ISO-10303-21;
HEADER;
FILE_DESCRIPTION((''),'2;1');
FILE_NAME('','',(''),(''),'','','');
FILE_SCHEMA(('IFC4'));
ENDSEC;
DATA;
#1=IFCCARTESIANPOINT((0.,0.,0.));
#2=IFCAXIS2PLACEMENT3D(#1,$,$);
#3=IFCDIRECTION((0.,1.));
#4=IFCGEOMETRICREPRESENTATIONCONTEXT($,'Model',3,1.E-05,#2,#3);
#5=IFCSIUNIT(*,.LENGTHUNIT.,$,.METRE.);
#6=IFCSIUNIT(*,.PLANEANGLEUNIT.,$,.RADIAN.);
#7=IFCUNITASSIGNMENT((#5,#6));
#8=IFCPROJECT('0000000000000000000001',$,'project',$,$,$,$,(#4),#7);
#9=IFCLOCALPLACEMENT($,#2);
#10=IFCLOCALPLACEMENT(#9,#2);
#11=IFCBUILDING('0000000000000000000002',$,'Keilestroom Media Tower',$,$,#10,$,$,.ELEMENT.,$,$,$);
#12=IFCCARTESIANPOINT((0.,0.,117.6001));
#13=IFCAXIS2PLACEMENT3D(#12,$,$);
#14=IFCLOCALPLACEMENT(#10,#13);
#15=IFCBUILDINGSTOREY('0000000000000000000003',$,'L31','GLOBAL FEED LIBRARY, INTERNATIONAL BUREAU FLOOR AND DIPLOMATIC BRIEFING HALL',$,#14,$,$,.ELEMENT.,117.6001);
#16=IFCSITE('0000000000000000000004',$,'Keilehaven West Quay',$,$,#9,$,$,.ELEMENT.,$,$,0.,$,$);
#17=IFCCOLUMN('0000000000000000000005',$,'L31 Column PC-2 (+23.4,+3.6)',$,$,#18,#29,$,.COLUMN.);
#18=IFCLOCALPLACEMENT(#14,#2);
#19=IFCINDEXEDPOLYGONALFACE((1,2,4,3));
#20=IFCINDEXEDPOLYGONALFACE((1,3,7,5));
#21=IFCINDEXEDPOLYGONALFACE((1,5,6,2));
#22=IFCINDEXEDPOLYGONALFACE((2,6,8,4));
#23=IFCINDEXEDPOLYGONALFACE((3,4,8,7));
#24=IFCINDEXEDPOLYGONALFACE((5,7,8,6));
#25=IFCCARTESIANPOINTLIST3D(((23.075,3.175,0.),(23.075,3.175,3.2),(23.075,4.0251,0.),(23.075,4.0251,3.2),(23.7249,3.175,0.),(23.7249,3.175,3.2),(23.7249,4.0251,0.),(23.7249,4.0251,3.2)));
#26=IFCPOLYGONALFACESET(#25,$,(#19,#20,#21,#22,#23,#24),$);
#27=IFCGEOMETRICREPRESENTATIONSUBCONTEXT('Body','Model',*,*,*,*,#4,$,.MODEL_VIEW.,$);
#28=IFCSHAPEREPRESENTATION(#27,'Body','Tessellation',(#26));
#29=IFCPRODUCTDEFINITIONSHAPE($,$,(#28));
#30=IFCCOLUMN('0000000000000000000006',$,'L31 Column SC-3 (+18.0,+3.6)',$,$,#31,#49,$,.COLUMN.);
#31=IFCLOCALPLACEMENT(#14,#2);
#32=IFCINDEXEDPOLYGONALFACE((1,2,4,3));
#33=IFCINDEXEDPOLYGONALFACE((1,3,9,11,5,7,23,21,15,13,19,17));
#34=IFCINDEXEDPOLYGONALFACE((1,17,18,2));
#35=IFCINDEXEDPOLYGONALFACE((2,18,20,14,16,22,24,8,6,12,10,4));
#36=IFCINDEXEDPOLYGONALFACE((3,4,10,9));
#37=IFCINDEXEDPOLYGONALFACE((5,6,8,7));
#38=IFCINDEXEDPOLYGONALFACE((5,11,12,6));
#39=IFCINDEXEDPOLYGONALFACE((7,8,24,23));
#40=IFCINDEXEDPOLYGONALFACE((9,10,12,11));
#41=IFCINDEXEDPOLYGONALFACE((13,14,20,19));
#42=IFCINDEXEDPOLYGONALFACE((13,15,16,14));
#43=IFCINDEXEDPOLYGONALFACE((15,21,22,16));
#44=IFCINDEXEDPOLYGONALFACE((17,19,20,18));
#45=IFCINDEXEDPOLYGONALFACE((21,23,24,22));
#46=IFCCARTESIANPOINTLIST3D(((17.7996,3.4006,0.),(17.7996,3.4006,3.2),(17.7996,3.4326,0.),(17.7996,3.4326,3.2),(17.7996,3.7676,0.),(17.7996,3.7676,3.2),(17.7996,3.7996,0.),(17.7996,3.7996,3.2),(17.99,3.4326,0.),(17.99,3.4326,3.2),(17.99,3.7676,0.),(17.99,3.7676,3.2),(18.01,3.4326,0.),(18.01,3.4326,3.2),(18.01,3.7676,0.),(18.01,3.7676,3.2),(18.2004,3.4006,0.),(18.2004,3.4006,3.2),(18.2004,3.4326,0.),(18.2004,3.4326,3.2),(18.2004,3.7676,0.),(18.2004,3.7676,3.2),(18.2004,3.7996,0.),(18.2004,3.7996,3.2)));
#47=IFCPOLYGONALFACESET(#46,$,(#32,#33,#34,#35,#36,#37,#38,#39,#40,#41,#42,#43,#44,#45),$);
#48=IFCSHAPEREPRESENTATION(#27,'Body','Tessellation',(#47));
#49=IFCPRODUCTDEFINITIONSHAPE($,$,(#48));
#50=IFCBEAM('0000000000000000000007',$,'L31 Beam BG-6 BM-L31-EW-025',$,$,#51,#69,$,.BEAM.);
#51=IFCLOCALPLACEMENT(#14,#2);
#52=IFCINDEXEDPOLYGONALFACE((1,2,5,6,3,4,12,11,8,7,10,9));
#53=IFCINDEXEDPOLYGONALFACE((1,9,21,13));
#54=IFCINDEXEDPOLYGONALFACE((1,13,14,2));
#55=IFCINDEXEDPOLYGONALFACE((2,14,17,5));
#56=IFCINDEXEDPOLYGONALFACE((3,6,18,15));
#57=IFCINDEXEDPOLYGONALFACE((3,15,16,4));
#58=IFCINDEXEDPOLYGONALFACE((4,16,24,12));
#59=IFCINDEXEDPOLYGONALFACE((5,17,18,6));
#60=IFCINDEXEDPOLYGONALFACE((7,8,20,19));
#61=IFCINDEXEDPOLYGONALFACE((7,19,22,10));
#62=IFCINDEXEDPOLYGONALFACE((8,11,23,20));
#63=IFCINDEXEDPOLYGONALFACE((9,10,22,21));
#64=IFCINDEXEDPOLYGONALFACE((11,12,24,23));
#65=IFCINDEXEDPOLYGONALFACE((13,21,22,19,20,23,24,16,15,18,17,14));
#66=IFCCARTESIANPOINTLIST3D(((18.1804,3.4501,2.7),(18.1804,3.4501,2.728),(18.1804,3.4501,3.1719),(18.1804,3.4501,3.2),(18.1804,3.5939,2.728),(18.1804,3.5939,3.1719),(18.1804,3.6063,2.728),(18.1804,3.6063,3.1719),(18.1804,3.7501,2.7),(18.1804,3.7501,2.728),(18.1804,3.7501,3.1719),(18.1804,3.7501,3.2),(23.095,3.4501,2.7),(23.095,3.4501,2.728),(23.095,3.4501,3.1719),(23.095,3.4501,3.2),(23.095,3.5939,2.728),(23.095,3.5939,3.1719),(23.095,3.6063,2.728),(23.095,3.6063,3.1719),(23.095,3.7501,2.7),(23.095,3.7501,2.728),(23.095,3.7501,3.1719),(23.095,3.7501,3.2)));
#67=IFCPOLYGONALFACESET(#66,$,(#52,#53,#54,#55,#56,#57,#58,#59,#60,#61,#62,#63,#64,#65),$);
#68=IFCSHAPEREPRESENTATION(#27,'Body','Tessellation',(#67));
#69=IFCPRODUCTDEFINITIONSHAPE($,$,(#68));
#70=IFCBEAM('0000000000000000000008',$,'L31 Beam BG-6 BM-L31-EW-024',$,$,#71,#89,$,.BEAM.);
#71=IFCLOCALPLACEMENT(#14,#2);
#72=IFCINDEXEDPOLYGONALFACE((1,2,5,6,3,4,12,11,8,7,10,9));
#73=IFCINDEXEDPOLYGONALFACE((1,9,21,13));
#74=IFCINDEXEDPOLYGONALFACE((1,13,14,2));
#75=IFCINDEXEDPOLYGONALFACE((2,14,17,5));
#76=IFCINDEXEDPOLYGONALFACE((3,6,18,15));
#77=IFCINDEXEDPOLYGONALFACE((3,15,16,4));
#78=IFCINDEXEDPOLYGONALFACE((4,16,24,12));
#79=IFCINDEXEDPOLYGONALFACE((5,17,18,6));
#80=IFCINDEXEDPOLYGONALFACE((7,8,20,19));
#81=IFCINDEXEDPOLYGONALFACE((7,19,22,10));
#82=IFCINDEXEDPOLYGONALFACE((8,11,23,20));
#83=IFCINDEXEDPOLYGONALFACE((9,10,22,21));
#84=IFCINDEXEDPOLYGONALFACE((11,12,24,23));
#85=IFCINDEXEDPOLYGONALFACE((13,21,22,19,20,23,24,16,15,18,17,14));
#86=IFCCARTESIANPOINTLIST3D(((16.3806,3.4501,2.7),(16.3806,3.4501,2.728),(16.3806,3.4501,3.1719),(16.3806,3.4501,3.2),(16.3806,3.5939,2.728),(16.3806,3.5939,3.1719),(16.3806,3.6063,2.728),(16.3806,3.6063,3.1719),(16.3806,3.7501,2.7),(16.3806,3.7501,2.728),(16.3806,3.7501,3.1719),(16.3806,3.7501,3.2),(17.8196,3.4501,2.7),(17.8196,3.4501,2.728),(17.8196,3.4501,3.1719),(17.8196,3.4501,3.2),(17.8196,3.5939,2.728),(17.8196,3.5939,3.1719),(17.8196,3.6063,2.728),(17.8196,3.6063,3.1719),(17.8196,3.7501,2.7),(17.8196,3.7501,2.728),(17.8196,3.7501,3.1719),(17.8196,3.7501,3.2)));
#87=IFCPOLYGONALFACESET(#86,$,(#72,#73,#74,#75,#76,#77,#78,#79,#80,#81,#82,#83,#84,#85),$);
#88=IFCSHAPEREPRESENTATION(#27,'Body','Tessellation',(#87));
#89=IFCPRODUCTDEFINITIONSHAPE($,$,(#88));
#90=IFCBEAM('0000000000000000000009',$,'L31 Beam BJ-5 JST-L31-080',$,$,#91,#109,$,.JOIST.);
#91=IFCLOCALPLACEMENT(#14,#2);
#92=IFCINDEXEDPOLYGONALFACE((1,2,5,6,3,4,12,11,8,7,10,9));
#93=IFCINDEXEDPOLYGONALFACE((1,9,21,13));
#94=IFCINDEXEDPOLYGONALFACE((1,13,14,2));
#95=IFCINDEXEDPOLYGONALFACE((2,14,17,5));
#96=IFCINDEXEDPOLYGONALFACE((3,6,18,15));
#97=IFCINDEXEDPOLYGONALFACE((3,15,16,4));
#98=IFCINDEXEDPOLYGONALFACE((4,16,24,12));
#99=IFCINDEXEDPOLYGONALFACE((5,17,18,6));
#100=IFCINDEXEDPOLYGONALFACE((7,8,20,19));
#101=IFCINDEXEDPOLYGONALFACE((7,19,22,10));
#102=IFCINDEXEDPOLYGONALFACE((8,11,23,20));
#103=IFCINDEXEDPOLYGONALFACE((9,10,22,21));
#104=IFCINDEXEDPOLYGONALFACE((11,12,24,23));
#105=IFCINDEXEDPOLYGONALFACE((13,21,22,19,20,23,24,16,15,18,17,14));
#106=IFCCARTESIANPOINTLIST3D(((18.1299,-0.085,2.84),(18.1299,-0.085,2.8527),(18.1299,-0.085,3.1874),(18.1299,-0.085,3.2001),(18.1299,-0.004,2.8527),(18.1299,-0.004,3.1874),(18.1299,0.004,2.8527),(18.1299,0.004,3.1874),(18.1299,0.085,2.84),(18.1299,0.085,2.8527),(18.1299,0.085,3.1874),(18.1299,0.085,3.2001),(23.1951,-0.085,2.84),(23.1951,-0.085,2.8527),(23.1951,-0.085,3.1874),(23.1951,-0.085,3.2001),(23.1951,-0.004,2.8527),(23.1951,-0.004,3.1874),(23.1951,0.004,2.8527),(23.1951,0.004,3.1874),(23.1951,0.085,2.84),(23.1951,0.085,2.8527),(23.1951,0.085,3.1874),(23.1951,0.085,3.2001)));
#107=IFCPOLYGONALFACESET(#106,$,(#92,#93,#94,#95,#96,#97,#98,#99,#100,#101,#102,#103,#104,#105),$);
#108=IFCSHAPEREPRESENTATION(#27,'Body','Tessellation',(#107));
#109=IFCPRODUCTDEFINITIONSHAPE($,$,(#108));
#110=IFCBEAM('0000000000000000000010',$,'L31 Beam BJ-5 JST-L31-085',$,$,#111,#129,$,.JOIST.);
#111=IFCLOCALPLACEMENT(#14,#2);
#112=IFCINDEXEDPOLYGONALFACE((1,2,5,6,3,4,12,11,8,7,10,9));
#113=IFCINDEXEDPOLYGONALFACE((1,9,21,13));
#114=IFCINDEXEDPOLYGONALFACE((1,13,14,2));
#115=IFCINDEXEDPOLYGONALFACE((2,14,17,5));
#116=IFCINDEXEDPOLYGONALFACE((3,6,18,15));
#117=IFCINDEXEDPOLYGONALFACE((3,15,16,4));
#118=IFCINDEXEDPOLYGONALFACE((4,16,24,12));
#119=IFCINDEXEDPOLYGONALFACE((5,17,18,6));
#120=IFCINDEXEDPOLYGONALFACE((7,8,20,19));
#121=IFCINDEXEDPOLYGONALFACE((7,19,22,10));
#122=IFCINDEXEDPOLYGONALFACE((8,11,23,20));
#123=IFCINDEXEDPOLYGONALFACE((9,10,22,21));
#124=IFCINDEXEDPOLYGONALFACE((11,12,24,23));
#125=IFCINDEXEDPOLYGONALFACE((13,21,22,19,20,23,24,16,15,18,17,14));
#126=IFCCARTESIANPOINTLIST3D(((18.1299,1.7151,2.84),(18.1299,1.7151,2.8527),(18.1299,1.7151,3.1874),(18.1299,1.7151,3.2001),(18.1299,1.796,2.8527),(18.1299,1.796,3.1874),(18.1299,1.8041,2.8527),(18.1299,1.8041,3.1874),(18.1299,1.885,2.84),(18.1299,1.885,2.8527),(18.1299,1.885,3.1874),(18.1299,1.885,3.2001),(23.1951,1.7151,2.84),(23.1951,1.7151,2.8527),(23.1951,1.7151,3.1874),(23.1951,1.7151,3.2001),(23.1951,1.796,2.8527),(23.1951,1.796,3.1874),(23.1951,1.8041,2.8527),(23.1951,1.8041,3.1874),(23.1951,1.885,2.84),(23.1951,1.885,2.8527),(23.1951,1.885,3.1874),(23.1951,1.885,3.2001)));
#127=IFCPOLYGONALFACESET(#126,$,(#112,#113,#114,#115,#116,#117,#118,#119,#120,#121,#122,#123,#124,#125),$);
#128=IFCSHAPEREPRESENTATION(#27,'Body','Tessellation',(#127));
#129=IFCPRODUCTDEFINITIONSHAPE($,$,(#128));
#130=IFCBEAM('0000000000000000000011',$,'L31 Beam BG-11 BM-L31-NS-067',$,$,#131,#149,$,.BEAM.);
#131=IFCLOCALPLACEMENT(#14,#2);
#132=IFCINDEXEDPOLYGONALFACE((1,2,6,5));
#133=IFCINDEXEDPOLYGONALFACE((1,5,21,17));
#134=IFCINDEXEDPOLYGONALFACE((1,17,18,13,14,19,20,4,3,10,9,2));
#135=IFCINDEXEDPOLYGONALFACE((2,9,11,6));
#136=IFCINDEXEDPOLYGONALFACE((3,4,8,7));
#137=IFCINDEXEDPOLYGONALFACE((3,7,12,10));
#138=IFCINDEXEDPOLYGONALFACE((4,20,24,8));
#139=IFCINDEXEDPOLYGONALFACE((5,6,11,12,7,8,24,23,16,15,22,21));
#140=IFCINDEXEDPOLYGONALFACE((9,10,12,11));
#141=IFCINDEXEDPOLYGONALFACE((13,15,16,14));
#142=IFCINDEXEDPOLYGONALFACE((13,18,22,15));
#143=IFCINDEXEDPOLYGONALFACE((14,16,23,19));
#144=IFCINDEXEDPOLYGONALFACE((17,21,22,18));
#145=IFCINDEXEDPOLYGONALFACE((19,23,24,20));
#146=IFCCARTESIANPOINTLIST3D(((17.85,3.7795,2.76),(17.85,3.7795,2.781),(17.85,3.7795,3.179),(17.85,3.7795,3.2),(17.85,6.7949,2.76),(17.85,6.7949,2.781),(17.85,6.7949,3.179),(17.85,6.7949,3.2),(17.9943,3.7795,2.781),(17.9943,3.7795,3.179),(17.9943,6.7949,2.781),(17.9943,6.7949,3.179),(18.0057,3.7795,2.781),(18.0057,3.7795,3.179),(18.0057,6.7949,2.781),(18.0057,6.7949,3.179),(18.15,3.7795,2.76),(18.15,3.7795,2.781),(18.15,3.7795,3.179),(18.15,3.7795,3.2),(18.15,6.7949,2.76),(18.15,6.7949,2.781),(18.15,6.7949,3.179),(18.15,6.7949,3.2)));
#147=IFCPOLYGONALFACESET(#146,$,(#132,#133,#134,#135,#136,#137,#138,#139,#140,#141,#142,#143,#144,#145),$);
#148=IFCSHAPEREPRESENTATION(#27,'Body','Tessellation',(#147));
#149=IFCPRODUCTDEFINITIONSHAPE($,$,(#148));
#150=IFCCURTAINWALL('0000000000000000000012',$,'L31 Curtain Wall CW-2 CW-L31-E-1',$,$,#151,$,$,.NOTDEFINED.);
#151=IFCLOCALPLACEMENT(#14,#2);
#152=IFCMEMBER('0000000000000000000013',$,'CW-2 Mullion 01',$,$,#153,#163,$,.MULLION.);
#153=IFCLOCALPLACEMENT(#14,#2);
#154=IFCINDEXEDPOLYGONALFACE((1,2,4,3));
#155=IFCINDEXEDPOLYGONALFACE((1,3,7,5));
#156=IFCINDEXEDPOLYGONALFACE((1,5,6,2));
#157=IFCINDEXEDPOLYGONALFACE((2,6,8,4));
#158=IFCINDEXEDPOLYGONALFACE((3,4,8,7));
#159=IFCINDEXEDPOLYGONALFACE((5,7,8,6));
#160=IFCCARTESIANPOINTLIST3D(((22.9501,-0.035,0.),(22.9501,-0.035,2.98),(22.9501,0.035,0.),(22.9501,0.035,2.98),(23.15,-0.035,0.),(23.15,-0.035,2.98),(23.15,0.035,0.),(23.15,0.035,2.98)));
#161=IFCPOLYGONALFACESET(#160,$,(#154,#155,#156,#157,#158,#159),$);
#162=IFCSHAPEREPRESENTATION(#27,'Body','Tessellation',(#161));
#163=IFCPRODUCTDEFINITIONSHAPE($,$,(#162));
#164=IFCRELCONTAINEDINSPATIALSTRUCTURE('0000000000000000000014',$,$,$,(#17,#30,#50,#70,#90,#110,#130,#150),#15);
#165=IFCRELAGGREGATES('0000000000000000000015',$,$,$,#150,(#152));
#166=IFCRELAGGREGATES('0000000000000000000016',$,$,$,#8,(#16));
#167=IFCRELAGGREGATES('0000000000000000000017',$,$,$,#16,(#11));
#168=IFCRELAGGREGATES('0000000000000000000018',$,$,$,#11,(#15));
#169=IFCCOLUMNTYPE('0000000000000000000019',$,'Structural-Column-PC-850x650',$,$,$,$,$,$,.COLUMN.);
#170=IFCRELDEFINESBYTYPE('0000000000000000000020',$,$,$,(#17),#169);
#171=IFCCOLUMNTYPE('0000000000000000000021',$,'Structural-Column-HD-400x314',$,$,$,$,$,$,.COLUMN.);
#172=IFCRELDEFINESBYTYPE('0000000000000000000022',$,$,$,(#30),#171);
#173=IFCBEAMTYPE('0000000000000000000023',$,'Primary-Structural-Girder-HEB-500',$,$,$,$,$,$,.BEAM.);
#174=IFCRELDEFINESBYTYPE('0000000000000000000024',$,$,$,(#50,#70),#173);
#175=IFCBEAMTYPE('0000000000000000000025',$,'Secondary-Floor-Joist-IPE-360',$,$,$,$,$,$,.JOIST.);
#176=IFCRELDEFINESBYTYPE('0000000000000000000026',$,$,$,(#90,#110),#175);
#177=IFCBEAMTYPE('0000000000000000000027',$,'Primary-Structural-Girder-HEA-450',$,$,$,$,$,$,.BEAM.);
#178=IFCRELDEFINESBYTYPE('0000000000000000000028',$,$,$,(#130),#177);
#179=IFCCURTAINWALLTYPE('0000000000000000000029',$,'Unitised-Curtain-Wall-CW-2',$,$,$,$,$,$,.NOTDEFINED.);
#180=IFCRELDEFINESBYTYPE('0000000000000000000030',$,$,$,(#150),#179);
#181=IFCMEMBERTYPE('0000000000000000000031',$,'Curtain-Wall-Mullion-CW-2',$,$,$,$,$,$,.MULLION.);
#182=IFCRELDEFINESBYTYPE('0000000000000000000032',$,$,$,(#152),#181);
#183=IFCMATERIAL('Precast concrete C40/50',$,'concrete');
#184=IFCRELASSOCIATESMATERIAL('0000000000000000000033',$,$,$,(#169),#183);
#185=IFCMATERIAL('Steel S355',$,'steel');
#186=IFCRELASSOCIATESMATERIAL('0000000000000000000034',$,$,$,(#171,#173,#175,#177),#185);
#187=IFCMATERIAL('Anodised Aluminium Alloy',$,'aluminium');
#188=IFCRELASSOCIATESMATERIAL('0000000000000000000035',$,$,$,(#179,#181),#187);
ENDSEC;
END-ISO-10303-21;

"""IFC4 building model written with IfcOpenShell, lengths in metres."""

from ifc_helpers import new_model, si_unit, direction, frame, origin, origin_2d, place, context, subcontext, project, spatial, rectangle, i_section, extrude, source, transform, mapped, material, material_profile, profile_set, type_object, element, aggregate, save


model = new_model("IFC4")

# Units and contexts
model_context = context("Model", 3, precision=1e-05, world=origin(), true_north=direction((0.0, 1.0)))
body_context = subcontext(model_context, "Body", "Model", "MODEL_VIEW")
ifc_project = project(units=[si_unit("LENGTHUNIT", "METRE"), si_unit("PLANEANGLEUNIT", "RADIAN")], contexts=[model_context])

# Site, building, storey
site_placement = place(None, origin())
site = spatial("IfcSite", under=ifc_project, at=site_placement, Name="Keilehaven West Quay", CompositionType="ELEMENT", RefElevation=0.0)
building_placement = place(site_placement, origin())
building = spatial("IfcBuilding", under=site, at=building_placement, Name="Keilestroom Media Tower", CompositionType="ELEMENT")
storey_placement = place(building_placement, frame((0.0, 0.0, 117.6001)))
storey = spatial("IfcBuildingStorey", under=building, at=storey_placement, Name="L31", Description="GLOBAL FEED LIBRARY, INTERNATIONAL BUREAU FLOOR AND DIPLOMATIC BRIEFING HALL", CompositionType="ELEMENT", Elevation=117.6001)

# Columns
ifc_material_1 = material(Name="Precast concrete C40/50", Category="concrete")
ifc_material_profile_1 = material_profile(ifc_material_1, rectangle(XDim=0.6499, YDim=0.8501, at=origin_2d()), Name="PC 850x650")
ifc_profile_set_1 = profile_set([ifc_material_profile_1], Name="Precast concrete C40/50")
column_type_1 = type_object("IfcColumnType", Name="Structural-Column-PC-850x650", PredefinedType="COLUMN", material=ifc_profile_set_1)
shared_shape_1 = source(origin(), body_context, "Body", "SweptSolid", [
    extrude(rectangle(XDim=0.6499, YDim=0.8501, at=origin_2d()), origin(), (0.0, 0.0, 1.0), 3.2),
])
column_1_placement = place(storey_placement, frame((23.3999, 3.6001, 0.0), z_axis=(0.0, 0.0, 1.0), x_axis=(1.0, 0.0, 0.0)))
element("IfcColumn", 1, at=column_1_placement, inside=storey, type_object=column_type_1, Name="L31 Column PC-2 (+23.4,+3.6)", PredefinedType="COLUMN", context=body_context, shape_type="MappedRepresentation", body=[
    mapped(shared_shape_1, transform((0.0, 0.0, 0.0), x_axis=(1.0, 0.0, 0.0), y_axis=(0.0, 1.0, 0.0), z_axis=(0.0, 0.0, 1.0), scale=1.0)),
])
ifc_material_2 = material(Name="Steel S355", Category="steel")
ifc_material_profile_2 = material_profile(ifc_material_2, i_section(OverallWidth=0.4009, OverallDepth=0.3989, WebThickness=0.02, FlangeThickness=0.032, at=origin_2d()), Name="HD 400x314")
ifc_profile_set_2 = profile_set([ifc_material_profile_2], Name="Steel S355")
column_type_2 = type_object("IfcColumnType", Name="Structural-Column-HD-400x314", PredefinedType="COLUMN", material=ifc_profile_set_2)
shared_shape_2 = source(origin(), body_context, "Body", "SweptSolid", [
    extrude(i_section(OverallWidth=0.4009, OverallDepth=0.3989, WebThickness=0.02, FlangeThickness=0.032, at=origin_2d()), origin(), (0.0, 0.0, 1.0), 3.2),
])
column_2_placement = place(storey_placement, frame((18.0, 3.6001, 0.0), z_axis=(0.0, 0.0, 1.0), x_axis=(1.0, 0.0, 0.0)))
element("IfcColumn", 2, at=column_2_placement, inside=storey, type_object=column_type_2, Name="L31 Column SC-3 (+18.0,+3.6)", PredefinedType="COLUMN", context=body_context, shape_type="MappedRepresentation", body=[
    mapped(shared_shape_2, transform((0.0, 0.0, 0.0), x_axis=(1.0, 0.0, 0.0), y_axis=(0.0, 1.0, 0.0), z_axis=(0.0, 0.0, 1.0), scale=1.0)),
])

# Beams
ifc_material_profile_3 = material_profile(ifc_material_2, i_section(OverallWidth=0.3, OverallDepth=0.5, WebThickness=0.0125, FlangeThickness=0.0281, at=origin_2d()), Name="HEB 500")
ifc_profile_set_3 = profile_set([ifc_material_profile_3], Name="Steel S355")
beam_type_1 = type_object("IfcBeamType", Name="Primary-Structural-Girder-HEB-500", PredefinedType="BEAM", material=ifc_profile_set_3)
shared_shape_3 = source(origin(), body_context, "Body", "SweptSolid", [
    extrude(i_section(OverallWidth=0.3, OverallDepth=0.5, WebThickness=0.0125, FlangeThickness=0.0281, at=origin_2d()), origin(), (0.0, 0.0, 1.0), 4.9146),
])
beam_1_placement = place(storey_placement, frame((18.1804, 3.6001, 2.95), z_axis=(1.0, 0.0, 0.0), x_axis=(0.0, 1.0, 0.0)))
element("IfcBeam", 3, at=beam_1_placement, inside=storey, type_object=beam_type_1, Name="L31 Beam BG-6 BM-L31-EW-025", PredefinedType="BEAM", context=body_context, shape_type="MappedRepresentation", body=[
    mapped(shared_shape_3, transform((0.0, 0.0, 0.0), x_axis=(1.0, 0.0, 0.0), y_axis=(0.0, 1.0, 0.0), z_axis=(0.0, 0.0, 1.0), scale=1.0)),
])
shared_shape_4 = source(origin(), body_context, "Body", "SweptSolid", [
    extrude(i_section(OverallWidth=0.3, OverallDepth=0.5, WebThickness=0.0125, FlangeThickness=0.0281, at=origin_2d()), origin(), (0.0, 0.0, 1.0), 1.439),
])
beam_2_placement = place(storey_placement, frame((16.3806, 3.6001, 2.95), z_axis=(1.0, 0.0, 0.0), x_axis=(0.0, 1.0, 0.0)))
element("IfcBeam", 4, at=beam_2_placement, inside=storey, type_object=beam_type_1, Name="L31 Beam BG-6 BM-L31-EW-024", PredefinedType="BEAM", context=body_context, shape_type="MappedRepresentation", body=[
    mapped(shared_shape_4, transform((0.0, 0.0, 0.0), x_axis=(1.0, 0.0, 0.0), y_axis=(0.0, 1.0, 0.0), z_axis=(0.0, 0.0, 1.0), scale=1.0)),
])
ifc_material_profile_4 = material_profile(ifc_material_2, i_section(OverallWidth=0.1699, OverallDepth=0.3601, WebThickness=0.0081, FlangeThickness=0.0127, at=origin_2d()), Name="IPE 360")
ifc_profile_set_4 = profile_set([ifc_material_profile_4], Name="Steel S355")
beam_type_2 = type_object("IfcBeamType", Name="Secondary-Floor-Joist-IPE-360", PredefinedType="JOIST", material=ifc_profile_set_4)
shared_shape_5 = source(origin(), body_context, "Body", "SweptSolid", [
    extrude(i_section(OverallWidth=0.1699, OverallDepth=0.3601, WebThickness=0.0081, FlangeThickness=0.0127, at=origin_2d()), origin(), (0.0, 0.0, 1.0), 5.0652),
])
for number, where, z_axis, x_axis, name in (
    (5, (18.1299, 0.0, 3.02), (1.0, 0.0, 0.0), (0.0, 1.0, 0.0), "L31 Beam BJ-5 JST-L31-080"),
    (6, (18.1299, 1.8, 3.02), (1.0, 0.0, 0.0), (0.0, 1.0, 0.0), "L31 Beam BJ-5 JST-L31-085"),
):
    element("IfcBeam", number, at=place(storey_placement, frame(where, z_axis=z_axis, x_axis=x_axis)), inside=storey, type_object=beam_type_2, Name=name, PredefinedType="JOIST", context=body_context, shape_type="MappedRepresentation", body=[
        mapped(shared_shape_5, transform((0.0, 0.0, 0.0), x_axis=(1.0, 0.0, 0.0), y_axis=(0.0, 1.0, 0.0), z_axis=(0.0, 0.0, 1.0), scale=1.0)),
    ])
ifc_material_profile_5 = material_profile(ifc_material_2, i_section(OverallWidth=0.3, OverallDepth=0.4399, WebThickness=0.0115, FlangeThickness=0.021, at=origin_2d()), Name="HEA 450")
ifc_profile_set_5 = profile_set([ifc_material_profile_5], Name="Steel S355")
beam_type_3 = type_object("IfcBeamType", Name="Primary-Structural-Girder-HEA-450", PredefinedType="BEAM", material=ifc_profile_set_5)
shared_shape_6 = source(origin(), body_context, "Body", "SweptSolid", [
    extrude(i_section(OverallWidth=0.3, OverallDepth=0.4399, WebThickness=0.0115, FlangeThickness=0.021, at=origin_2d()), origin(), (0.0, 0.0, 1.0), 3.0154),
])
beam_3_placement = place(storey_placement, frame((18.0, 3.7795, 2.98), z_axis=(0.0, 1.0, 0.0), x_axis=(-1.0, 0.0, 0.0)))
element("IfcBeam", 7, at=beam_3_placement, inside=storey, type_object=beam_type_3, Name="L31 Beam BG-11 BM-L31-NS-067", PredefinedType="BEAM", context=body_context, shape_type="MappedRepresentation", body=[
    mapped(shared_shape_6, transform((0.0, 0.0, 0.0), x_axis=(1.0, 0.0, 0.0), y_axis=(0.0, 1.0, 0.0), z_axis=(0.0, 0.0, 1.0), scale=1.0)),
])

# Curtain wall, member
ifc_material_3 = material(Name="Anodised Aluminium Alloy", Category="aluminium")
curtain_wall_type = type_object("IfcCurtainWallType", Name="Unitised-Curtain-Wall-CW-2", PredefinedType="NOTDEFINED", material=ifc_material_3)
curtain_wall_placement = place(storey_placement, origin())
curtain_wall = element("IfcCurtainWall", 8, at=curtain_wall_placement, inside=storey, type_object=curtain_wall_type, Name="L31 Curtain Wall CW-2 CW-L31-E-1", PredefinedType="NOTDEFINED")
ifc_material_profile_6 = material_profile(ifc_material_3, rectangle(XDim=0.0701, YDim=0.2, at=origin_2d()), Name="ALU MULLION 70x200")
ifc_profile_set_6 = profile_set([ifc_material_profile_6], Name="Anodised Aluminium Alloy")
member_type_1 = type_object("IfcMemberType", Name="Curtain-Wall-Mullion-CW-2", PredefinedType="MULLION", material=ifc_profile_set_6)
shared_shape_7 = source(origin(), body_context, "Body", "SweptSolid", [
    extrude(rectangle(XDim=0.0701, YDim=0.2, at=origin_2d()), origin(), (0.0, 0.0, 1.0), 2.98),
])
member_1_placement = place(storey_placement, frame((23.05, 0.0, 0.0), z_axis=(0.0, 0.0, 1.0), x_axis=(0.0, 1.0, 0.0)))
member_1 = element("IfcMember", 9, at=member_1_placement, type_object=member_type_1, Name="CW-2 Mullion 01", PredefinedType="MULLION", context=body_context, shape_type="MappedRepresentation", body=[
    mapped(shared_shape_7, transform((0.0, 0.0, 0.0), x_axis=(1.0, 0.0, 0.0), y_axis=(0.0, 1.0, 0.0), z_axis=(0.0, 0.0, 1.0), scale=1.0)),
])
aggregate(curtain_wall, [member_1])

save(model, "model.ifc")
